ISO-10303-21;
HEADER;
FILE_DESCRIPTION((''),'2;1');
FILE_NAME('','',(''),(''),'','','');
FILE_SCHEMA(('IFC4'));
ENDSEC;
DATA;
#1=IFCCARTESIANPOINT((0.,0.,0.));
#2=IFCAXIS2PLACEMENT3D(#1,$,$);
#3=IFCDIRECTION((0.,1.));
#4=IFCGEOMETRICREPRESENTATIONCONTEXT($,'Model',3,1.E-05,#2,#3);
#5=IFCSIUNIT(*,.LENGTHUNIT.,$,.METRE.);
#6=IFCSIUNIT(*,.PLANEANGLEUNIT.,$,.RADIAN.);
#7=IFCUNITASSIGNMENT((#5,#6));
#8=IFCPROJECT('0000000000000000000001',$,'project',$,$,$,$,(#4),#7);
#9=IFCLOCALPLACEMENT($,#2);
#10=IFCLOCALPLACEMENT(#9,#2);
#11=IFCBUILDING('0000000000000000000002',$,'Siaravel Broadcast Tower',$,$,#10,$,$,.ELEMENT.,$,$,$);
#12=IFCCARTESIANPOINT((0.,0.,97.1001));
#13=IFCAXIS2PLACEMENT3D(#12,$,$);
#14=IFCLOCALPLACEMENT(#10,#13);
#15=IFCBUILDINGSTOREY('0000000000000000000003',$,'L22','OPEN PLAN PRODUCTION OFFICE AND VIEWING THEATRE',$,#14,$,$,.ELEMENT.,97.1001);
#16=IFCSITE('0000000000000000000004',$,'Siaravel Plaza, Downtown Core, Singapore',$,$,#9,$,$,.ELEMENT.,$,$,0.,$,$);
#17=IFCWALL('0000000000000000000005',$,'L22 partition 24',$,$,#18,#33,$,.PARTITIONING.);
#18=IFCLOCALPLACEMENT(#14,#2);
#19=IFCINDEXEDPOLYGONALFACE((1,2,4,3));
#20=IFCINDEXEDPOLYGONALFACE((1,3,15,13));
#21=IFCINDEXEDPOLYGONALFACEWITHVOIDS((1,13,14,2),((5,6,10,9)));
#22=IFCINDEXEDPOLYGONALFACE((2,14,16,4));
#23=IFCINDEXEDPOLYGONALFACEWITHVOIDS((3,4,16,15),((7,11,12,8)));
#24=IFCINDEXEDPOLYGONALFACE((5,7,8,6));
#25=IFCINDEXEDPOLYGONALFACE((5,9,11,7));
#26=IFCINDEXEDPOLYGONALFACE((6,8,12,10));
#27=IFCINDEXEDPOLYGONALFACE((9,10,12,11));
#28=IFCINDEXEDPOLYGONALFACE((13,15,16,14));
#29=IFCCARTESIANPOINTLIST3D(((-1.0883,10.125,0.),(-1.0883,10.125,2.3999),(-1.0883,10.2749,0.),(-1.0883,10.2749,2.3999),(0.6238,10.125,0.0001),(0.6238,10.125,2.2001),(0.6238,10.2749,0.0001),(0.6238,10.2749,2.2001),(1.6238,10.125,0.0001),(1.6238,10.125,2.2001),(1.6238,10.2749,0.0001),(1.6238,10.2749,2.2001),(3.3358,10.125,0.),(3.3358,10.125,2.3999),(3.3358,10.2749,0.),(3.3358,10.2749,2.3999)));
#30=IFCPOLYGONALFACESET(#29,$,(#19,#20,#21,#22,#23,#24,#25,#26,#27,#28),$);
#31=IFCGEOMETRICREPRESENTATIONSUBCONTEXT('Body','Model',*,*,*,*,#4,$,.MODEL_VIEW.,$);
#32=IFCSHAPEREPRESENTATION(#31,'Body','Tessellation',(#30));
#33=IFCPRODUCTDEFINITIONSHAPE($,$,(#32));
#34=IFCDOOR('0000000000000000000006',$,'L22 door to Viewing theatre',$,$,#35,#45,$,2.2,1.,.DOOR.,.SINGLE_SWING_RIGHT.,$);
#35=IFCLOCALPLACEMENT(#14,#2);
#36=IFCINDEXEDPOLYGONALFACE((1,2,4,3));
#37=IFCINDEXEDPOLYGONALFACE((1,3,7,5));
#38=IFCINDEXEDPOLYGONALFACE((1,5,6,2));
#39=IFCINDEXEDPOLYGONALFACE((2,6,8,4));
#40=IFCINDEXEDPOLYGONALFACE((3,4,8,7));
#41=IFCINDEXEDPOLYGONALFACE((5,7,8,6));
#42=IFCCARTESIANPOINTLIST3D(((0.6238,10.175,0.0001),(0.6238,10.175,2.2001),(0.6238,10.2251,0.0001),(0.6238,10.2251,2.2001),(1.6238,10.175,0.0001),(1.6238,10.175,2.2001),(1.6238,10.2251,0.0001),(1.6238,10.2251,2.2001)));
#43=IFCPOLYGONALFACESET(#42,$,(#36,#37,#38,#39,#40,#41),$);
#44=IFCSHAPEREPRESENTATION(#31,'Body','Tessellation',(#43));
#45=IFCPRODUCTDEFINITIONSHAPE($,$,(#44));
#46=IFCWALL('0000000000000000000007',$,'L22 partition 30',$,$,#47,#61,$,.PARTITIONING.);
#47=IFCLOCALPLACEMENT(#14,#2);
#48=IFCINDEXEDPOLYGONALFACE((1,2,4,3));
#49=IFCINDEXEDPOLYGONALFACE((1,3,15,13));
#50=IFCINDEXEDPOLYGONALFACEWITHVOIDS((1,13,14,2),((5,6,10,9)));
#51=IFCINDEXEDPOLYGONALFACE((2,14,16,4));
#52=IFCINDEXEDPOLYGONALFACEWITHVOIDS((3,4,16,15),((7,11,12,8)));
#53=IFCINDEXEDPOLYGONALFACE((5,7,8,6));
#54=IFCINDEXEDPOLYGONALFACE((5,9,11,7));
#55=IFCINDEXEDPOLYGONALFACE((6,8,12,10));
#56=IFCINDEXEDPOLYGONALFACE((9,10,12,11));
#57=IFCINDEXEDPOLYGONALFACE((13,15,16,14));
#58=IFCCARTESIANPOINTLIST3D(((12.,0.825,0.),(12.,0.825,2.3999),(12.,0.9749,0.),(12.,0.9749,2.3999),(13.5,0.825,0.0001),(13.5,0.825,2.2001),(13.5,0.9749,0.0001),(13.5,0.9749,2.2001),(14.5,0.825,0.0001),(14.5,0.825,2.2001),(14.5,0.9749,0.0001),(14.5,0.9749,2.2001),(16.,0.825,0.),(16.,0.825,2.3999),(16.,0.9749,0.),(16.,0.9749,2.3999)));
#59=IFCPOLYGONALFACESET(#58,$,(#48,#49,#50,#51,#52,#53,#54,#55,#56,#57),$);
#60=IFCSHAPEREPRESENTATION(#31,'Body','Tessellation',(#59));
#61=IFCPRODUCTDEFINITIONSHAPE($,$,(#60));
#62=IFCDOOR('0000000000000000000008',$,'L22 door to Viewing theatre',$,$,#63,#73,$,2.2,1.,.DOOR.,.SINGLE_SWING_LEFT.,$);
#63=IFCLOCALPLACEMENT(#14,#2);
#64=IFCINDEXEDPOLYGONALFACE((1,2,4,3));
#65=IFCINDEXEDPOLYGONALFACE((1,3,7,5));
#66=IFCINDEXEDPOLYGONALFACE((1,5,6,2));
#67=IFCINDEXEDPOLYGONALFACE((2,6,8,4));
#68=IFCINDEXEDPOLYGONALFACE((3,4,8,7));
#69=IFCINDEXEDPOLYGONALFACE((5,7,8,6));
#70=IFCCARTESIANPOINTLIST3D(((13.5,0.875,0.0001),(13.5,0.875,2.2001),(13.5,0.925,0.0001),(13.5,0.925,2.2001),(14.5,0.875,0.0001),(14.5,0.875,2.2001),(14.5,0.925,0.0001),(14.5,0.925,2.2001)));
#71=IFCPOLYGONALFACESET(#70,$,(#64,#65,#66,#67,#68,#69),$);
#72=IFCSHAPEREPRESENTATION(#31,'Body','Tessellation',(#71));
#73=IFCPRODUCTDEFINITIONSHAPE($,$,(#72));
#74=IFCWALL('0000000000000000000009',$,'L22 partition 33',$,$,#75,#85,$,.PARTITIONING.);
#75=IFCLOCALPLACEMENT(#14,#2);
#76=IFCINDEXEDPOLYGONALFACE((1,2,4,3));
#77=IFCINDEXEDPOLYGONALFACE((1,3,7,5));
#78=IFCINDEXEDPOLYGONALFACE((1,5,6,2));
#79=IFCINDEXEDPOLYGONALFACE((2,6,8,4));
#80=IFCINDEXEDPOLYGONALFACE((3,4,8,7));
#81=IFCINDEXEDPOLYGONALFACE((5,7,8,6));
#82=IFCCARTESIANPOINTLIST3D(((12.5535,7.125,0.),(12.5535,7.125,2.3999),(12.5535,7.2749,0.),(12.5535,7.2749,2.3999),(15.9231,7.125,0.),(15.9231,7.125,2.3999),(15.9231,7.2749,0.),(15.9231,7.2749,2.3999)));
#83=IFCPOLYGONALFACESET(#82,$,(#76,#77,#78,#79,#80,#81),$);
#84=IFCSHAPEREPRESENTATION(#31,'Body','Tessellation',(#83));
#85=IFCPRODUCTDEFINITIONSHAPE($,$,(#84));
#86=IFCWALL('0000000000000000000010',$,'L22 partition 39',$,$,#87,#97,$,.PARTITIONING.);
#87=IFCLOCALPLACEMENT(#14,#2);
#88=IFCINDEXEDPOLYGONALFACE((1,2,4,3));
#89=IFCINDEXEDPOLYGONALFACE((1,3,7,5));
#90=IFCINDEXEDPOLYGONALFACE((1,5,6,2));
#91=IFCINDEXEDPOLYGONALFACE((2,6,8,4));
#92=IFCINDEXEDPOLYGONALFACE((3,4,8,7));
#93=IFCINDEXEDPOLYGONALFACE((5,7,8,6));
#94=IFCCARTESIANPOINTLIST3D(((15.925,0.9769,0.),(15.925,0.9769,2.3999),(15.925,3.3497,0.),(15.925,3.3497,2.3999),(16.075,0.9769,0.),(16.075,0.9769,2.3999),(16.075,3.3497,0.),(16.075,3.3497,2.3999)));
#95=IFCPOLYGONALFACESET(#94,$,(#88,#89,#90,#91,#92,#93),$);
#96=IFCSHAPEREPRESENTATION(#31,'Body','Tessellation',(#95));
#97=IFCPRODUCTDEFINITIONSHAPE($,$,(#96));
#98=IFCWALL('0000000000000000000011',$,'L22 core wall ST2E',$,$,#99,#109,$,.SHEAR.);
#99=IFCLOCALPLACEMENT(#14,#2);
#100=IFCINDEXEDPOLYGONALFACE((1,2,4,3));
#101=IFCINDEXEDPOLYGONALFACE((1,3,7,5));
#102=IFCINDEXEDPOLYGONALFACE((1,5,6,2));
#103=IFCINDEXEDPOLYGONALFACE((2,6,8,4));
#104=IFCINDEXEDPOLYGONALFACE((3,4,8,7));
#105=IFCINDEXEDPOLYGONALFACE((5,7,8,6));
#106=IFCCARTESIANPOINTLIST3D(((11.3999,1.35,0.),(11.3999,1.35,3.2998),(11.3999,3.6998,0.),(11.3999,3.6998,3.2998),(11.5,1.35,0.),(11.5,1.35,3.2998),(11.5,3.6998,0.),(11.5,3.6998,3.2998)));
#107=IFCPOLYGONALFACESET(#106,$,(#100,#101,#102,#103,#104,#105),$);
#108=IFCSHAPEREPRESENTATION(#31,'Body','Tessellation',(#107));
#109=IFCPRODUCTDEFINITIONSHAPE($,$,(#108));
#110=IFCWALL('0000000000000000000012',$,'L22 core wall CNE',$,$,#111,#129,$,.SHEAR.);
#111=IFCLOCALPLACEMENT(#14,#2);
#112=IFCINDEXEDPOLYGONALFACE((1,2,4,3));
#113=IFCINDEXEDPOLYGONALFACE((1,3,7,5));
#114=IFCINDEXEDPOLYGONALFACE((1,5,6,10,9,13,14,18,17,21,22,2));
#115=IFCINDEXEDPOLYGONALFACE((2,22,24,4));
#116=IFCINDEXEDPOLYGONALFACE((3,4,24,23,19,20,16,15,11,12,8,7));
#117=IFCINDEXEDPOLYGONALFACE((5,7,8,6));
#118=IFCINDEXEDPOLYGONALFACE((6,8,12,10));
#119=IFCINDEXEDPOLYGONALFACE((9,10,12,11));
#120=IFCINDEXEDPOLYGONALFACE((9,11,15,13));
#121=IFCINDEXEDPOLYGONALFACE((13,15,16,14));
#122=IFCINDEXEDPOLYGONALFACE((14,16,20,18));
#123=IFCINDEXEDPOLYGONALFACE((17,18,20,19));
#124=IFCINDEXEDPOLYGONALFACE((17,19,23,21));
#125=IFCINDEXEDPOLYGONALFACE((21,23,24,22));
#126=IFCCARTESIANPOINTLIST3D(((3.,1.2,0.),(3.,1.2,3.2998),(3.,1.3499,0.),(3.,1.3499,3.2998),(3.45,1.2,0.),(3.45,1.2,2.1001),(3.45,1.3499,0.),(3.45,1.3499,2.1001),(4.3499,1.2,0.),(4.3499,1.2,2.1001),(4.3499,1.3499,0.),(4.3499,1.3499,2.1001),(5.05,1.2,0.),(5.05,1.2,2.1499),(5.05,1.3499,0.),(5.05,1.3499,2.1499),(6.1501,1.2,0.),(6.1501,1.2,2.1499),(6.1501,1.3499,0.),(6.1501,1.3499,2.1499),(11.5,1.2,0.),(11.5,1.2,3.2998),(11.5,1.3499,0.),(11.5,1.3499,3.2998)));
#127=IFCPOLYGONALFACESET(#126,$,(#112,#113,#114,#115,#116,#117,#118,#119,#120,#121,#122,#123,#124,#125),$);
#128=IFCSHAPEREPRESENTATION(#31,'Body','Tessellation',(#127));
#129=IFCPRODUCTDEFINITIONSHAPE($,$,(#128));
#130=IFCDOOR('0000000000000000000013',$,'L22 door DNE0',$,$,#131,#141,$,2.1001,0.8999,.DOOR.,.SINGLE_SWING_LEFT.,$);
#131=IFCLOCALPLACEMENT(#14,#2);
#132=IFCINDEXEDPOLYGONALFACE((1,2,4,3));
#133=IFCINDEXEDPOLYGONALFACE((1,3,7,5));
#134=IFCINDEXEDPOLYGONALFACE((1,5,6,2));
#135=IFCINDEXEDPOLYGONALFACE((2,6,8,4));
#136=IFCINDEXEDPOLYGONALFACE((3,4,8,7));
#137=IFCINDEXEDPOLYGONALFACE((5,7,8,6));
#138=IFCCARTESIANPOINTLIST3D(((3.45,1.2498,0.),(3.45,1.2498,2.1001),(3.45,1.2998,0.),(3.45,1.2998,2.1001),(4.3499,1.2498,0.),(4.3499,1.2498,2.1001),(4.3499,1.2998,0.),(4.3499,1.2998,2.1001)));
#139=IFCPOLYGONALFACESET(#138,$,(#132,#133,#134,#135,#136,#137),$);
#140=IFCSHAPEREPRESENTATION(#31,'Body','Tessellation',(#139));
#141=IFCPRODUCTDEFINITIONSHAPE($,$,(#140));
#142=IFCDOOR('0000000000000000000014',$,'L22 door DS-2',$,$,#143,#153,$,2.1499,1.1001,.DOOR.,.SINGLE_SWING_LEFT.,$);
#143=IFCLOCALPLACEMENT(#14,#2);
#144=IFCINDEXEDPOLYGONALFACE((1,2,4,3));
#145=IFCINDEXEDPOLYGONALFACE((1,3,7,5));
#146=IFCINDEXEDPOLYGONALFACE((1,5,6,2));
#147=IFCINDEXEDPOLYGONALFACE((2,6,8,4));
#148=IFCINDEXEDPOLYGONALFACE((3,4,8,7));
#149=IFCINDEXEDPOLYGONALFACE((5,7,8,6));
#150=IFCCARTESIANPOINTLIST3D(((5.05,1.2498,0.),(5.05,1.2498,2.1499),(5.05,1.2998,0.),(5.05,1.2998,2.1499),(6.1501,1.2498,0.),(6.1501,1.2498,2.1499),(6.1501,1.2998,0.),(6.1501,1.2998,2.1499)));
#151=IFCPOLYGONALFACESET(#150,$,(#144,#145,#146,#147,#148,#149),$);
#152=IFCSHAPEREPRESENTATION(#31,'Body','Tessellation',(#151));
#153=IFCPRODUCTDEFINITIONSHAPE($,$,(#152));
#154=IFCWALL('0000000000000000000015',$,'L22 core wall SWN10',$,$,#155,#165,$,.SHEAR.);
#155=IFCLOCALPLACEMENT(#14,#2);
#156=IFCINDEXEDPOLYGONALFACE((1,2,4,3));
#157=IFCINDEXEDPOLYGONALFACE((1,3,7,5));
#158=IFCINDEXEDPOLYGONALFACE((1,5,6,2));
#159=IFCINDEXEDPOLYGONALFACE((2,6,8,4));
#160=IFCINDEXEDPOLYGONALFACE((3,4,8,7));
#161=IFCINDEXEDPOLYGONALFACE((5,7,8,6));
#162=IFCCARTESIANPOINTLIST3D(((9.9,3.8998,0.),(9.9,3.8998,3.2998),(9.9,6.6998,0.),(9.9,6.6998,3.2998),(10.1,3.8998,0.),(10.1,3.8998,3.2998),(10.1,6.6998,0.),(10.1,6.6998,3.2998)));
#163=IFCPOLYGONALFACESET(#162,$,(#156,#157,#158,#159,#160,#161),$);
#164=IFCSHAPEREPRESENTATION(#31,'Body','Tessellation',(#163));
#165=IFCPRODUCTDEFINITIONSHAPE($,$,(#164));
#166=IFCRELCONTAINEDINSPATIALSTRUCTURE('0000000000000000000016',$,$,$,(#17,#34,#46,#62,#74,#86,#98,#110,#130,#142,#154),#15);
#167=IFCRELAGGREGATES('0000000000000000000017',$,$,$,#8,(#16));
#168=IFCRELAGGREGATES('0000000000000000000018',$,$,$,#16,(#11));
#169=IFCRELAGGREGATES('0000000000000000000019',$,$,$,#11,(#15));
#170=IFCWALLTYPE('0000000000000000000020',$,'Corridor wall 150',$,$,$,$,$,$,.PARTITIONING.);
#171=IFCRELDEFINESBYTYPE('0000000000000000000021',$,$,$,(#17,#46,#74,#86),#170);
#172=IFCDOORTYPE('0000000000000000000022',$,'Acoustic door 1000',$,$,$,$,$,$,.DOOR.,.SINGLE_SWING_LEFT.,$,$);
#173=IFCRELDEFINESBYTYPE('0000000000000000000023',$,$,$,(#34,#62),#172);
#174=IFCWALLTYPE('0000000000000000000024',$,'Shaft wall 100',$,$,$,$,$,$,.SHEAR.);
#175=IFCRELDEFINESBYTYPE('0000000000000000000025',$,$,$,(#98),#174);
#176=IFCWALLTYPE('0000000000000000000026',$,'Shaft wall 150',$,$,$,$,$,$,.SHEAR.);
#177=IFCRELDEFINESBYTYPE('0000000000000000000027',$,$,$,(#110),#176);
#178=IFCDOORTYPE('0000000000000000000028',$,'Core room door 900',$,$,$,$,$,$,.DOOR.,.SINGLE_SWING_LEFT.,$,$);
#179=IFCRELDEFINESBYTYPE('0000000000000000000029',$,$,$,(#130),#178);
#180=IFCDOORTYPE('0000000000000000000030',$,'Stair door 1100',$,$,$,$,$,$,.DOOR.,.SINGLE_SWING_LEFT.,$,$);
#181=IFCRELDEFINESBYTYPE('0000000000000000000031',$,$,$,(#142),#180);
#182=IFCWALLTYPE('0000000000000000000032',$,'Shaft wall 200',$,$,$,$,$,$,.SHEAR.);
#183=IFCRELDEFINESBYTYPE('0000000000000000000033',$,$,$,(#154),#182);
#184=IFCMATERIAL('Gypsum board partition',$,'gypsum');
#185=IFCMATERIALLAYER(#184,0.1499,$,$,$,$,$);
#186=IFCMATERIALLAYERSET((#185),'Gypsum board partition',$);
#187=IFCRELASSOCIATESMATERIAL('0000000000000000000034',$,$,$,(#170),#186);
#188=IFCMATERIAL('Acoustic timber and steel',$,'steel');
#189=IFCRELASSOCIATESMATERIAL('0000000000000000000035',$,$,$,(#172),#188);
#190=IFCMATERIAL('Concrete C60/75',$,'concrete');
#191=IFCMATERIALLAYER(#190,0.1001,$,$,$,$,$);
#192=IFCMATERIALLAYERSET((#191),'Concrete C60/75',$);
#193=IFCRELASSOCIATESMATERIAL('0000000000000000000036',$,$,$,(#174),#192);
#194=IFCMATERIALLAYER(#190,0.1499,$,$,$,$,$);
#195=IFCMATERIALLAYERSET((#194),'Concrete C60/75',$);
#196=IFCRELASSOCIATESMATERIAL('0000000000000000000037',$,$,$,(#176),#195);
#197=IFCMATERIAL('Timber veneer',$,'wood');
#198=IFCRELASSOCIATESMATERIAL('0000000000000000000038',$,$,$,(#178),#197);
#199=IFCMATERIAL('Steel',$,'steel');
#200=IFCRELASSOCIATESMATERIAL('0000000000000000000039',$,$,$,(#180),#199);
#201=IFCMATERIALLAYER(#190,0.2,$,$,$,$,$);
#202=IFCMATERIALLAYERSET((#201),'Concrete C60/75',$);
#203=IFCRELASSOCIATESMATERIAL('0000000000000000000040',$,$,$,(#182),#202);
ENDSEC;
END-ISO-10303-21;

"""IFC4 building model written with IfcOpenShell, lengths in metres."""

from ifc_helpers import new_model, si_unit, direction, frame, frame_2d, origin, place, context, subcontext, project, spatial, rectangle, extrude, material, layer, layer_set, type_object, element, fill, save


model = new_model("IFC4")

# Units and contexts
model_context = context("Model", 3, precision=1e-05, world=origin(), true_north=direction((0.0, 1.0)))
body_context = subcontext(model_context, "Body", "Model", "MODEL_VIEW")
ifc_project = project(units=[si_unit("LENGTHUNIT", "METRE"), si_unit("PLANEANGLEUNIT", "RADIAN")], contexts=[model_context])

# Site, building, storey
site_placement = place(None, origin())
site = spatial("IfcSite", under=ifc_project, at=site_placement, Name="Siaravel Plaza, Downtown Core, Singapore", CompositionType="ELEMENT", RefElevation=0.0)
building_placement = place(site_placement, origin())
building = spatial("IfcBuilding", under=site, at=building_placement, Name="Siaravel Broadcast Tower", CompositionType="ELEMENT")
storey_placement = place(building_placement, frame((0.0, 0.0, 97.1001)))
storey = spatial("IfcBuildingStorey", under=building, at=storey_placement, Name="L22", Description="OPEN PLAN PRODUCTION OFFICE AND VIEWING THEATRE", CompositionType="ELEMENT", Elevation=97.1001)

# Shared definitions
ifc_material_1 = material(Name="Concrete C60/75", Category="concrete")

# Walls, openings, doors
ifc_material_2 = material(Name="Gypsum board partition", Category="gypsum")
ifc_layer_1 = layer(ifc_material_2, 0.1499)
ifc_layer_set_1 = layer_set([ifc_layer_1], Name="Gypsum board partition")
wall_type_1 = type_object("IfcWallType", Name="Corridor wall 150", PredefinedType="PARTITIONING", material=ifc_layer_set_1)
wall_1_placement = place(storey_placement, frame((3.3357, 10.2, 0.0), z_axis=(0.0, 0.0, 1.0), x_axis=(-1.0, 0.0, 0.0)))
wall_1 = element("IfcWall", 1, at=wall_1_placement, inside=storey, type_object=wall_type_1, Name="L22 partition 24", PredefinedType="PARTITIONING", context=body_context, shape_type="SweptSolid", body=[
    extrude(rectangle(XDim=4.4241, YDim=0.1499, at=frame_2d((2.2119, 0.0))), origin(), (0.0, 0.0, 1.0), 2.3999),
])
opening_1_placement = place(wall_1_placement, frame((1.7119, 0.0, 0.0)))
opening_1 = element("IfcOpeningElement", 2, at=opening_1_placement, cuts=wall_1, PredefinedType="OPENING", context=body_context, shape_type="SweptSolid", body=[
    extrude(rectangle(XDim=1.0, YDim=2.2, at=frame_2d((0.5, 1.1001))), frame((0.0, 0.085, 0.0), z_axis=(0.0, -1.0, 0.0), x_axis=(1.0, 0.0, 0.0)), (0.0, 0.0, 1.0), 0.1699),
])
ifc_material_3 = material(Name="Acoustic timber and steel", Category="steel")
door_type_1 = type_object("IfcDoorType", Name="Acoustic door 1000", OperationType="SINGLE_SWING_LEFT", PredefinedType="DOOR", material=ifc_material_3)
door_1_placement = place(opening_1_placement, origin())
door_1 = element("IfcDoor", 3, at=door_1_placement, inside=storey, type_object=door_type_1, Name="L22 door to Viewing theatre", OperationType="SINGLE_SWING_RIGHT", OverallHeight=2.2, OverallWidth=1.0, PredefinedType="DOOR", context=body_context, shape_type="SweptSolid", body=[
    extrude(rectangle(XDim=1.0, YDim=2.2, at=frame_2d((0.5, 1.1001))), frame((0.0, 0.0249, 0.0), z_axis=(0.0, -1.0, 0.0), x_axis=(1.0, 0.0, 0.0)), (0.0, 0.0, 1.0), 0.05),
])
fill(opening_1, door_1)
wall_2_placement = place(storey_placement, frame((16.0, 0.8999, 0.0), z_axis=(0.0, 0.0, 1.0), x_axis=(-1.0, 0.0, 0.0)))
wall_2 = element("IfcWall", 4, at=wall_2_placement, inside=storey, type_object=wall_type_1, Name="L22 partition 30", PredefinedType="PARTITIONING", context=body_context, shape_type="SweptSolid", body=[
    extrude(rectangle(XDim=4.0, YDim=0.1499, at=frame_2d((2.0, 0.0))), origin(), (0.0, 0.0, 1.0), 2.3999),
])
opening_2_placement = place(wall_2_placement, frame((1.5, 0.0, 0.0)))
opening_2 = element("IfcOpeningElement", 5, at=opening_2_placement, cuts=wall_2, PredefinedType="OPENING", context=body_context, shape_type="SweptSolid", body=[
    extrude(rectangle(XDim=1.0, YDim=2.2, at=frame_2d((0.5, 1.1001))), frame((0.0, 0.085, 0.0), z_axis=(0.0, -1.0, 0.0), x_axis=(1.0, 0.0, 0.0)), (0.0, 0.0, 1.0), 0.1699),
])
door_2_placement = place(opening_2_placement, origin())
door_2 = element("IfcDoor", 6, at=door_2_placement, inside=storey, type_object=door_type_1, Name="L22 door to Viewing theatre", OperationType="SINGLE_SWING_LEFT", OverallHeight=2.2, OverallWidth=1.0, PredefinedType="DOOR", context=body_context, shape_type="SweptSolid", body=[
    extrude(rectangle(XDim=1.0, YDim=2.2, at=frame_2d((0.5, 1.1001))), frame((0.0, 0.0249, 0.0), z_axis=(0.0, -1.0, 0.0), x_axis=(1.0, 0.0, 0.0)), (0.0, 0.0, 1.0), 0.05),
])
fill(opening_2, door_2)

# Walls
wall_3_placement = place(storey_placement, frame((12.5535, 7.2, 0.0), z_axis=(0.0, 0.0, 1.0), x_axis=(1.0, 0.0, 0.0)))
element("IfcWall", 7, at=wall_3_placement, inside=storey, type_object=wall_type_1, Name="L22 partition 33", PredefinedType="PARTITIONING", context=body_context, shape_type="SweptSolid", body=[
    extrude(rectangle(XDim=3.3696, YDim=0.1499, at=frame_2d((1.6848, 0.0))), origin(), (0.0, 0.0, 1.0), 2.3999),
])
wall_4_placement = place(storey_placement, frame((16.0, 3.3499, 0.0), z_axis=(0.0, 0.0, 1.0), x_axis=(0.0, -1.0, 0.0)))
element("IfcWall", 8, at=wall_4_placement, inside=storey, type_object=wall_type_1, Name="L22 partition 39", PredefinedType="PARTITIONING", context=body_context, shape_type="SweptSolid", body=[
    extrude(rectangle(XDim=2.3728, YDim=0.1499, at=frame_2d((1.1865, 0.0))), origin(), (0.0, 0.0, 1.0), 2.3999),
])
ifc_layer_2 = layer(ifc_material_1, 0.1001)
ifc_layer_set_2 = layer_set([ifc_layer_2], Name="Concrete C60/75")
wall_type_2 = type_object("IfcWallType", Name="Shaft wall 100", PredefinedType="SHEAR", material=ifc_layer_set_2)
wall_5_placement = place(storey_placement, frame((11.45, 1.3501, 0.0), z_axis=(0.0, 0.0, 1.0), x_axis=(0.0, 1.0, 0.0)))
element("IfcWall", 9, at=wall_5_placement, inside=storey, type_object=wall_type_2, Name="L22 core wall ST2E", PredefinedType="SHEAR", context=body_context, shape_type="SweptSolid", body=[
    extrude(rectangle(XDim=2.3499, YDim=0.1001, at=frame_2d((1.1748, 0.0))), origin(), (0.0, 0.0, 1.0), 3.2998),
])

# Wall, openings, doors
ifc_layer_3 = layer(ifc_material_1, 0.1499)
ifc_layer_set_3 = layer_set([ifc_layer_3], Name="Concrete C60/75")
wall_type_3 = type_object("IfcWallType", Name="Shaft wall 150", PredefinedType="SHEAR", material=ifc_layer_set_3)
wall_6_placement = place(storey_placement, frame((3.0, 1.2749, 0.0), z_axis=(0.0, 0.0, 1.0), x_axis=(1.0, 0.0, 0.0)))
wall_6 = element("IfcWall", 10, at=wall_6_placement, inside=storey, type_object=wall_type_3, Name="L22 core wall CNE", PredefinedType="SHEAR", context=body_context, shape_type="SweptSolid", body=[
    extrude(rectangle(XDim=8.5, YDim=0.1499, at=frame_2d((4.25, 0.0))), origin(), (0.0, 0.0, 1.0), 3.2998),
])
opening_3_placement = place(wall_6_placement, frame((2.05, 0.0, 0.0)))
opening_3 = element("IfcOpeningElement", 11, at=opening_3_placement, cuts=wall_6, PredefinedType="OPENING", context=body_context, shape_type="SweptSolid", body=[
    extrude(rectangle(XDim=1.1001, YDim=2.1499, at=frame_2d((0.55, 1.075))), frame((0.0, 0.085, 0.0), z_axis=(0.0, -1.0, 0.0), x_axis=(1.0, 0.0, 0.0)), (0.0, 0.0, 1.0), 0.1699),
])
opening_4_placement = place(wall_6_placement, frame((0.45, 0.0, 0.0)))
opening_4 = element("IfcOpeningElement", 12, at=opening_4_placement, cuts=wall_6, PredefinedType="OPENING", context=body_context, shape_type="SweptSolid", body=[
    extrude(rectangle(XDim=0.8999, YDim=2.1001, at=frame_2d((0.45, 1.05))), frame((0.0, 0.085, 0.0), z_axis=(0.0, -1.0, 0.0), x_axis=(1.0, 0.0, 0.0)), (0.0, 0.0, 1.0), 0.1699),
])
ifc_material_4 = material(Name="Timber veneer", Category="wood")
door_type_2 = type_object("IfcDoorType", Name="Core room door 900", OperationType="SINGLE_SWING_LEFT", PredefinedType="DOOR", material=ifc_material_4)
door_3_placement = place(opening_4_placement, origin())
door_3 = element("IfcDoor", 13, at=door_3_placement, inside=storey, type_object=door_type_2, Name="L22 door DNE0", OperationType="SINGLE_SWING_LEFT", OverallHeight=2.1001, OverallWidth=0.8999, PredefinedType="DOOR", context=body_context, shape_type="SweptSolid", body=[
    extrude(rectangle(XDim=0.8999, YDim=2.1001, at=frame_2d((0.45, 1.05))), frame((0.0, 0.0249, 0.0), z_axis=(0.0, -1.0, 0.0), x_axis=(1.0, 0.0, 0.0)), (0.0, 0.0, 1.0), 0.05),
])
fill(opening_4, door_3)
ifc_material_5 = material(Name="Steel", Category="steel")
door_type_3 = type_object("IfcDoorType", Name="Stair door 1100", OperationType="SINGLE_SWING_LEFT", PredefinedType="DOOR", material=ifc_material_5)
door_4_placement = place(opening_3_placement, origin())
door_4 = element("IfcDoor", 14, at=door_4_placement, inside=storey, type_object=door_type_3, Name="L22 door DS-2", OperationType="SINGLE_SWING_LEFT", OverallHeight=2.1499, OverallWidth=1.1001, PredefinedType="DOOR", context=body_context, shape_type="SweptSolid", body=[
    extrude(rectangle(XDim=1.1001, YDim=2.1499, at=frame_2d((0.55, 1.075))), frame((0.0, 0.0249, 0.0), z_axis=(0.0, -1.0, 0.0), x_axis=(1.0, 0.0, 0.0)), (0.0, 0.0, 1.0), 0.05),
])
fill(opening_3, door_4)

# Wall
ifc_layer_4 = layer(ifc_material_1, 0.2)
ifc_layer_set_4 = layer_set([ifc_layer_4], Name="Concrete C60/75")
wall_type_4 = type_object("IfcWallType", Name="Shaft wall 200", PredefinedType="SHEAR", material=ifc_layer_set_4)
wall_7_placement = place(storey_placement, frame((10.0, 3.8999, 0.0), z_axis=(0.0, 0.0, 1.0), x_axis=(0.0, 1.0, 0.0)))
element("IfcWall", 15, at=wall_7_placement, inside=storey, type_object=wall_type_4, Name="L22 core wall SWN10", PredefinedType="SHEAR", context=body_context, shape_type="SweptSolid", body=[
    extrude(rectangle(XDim=2.8, YDim=0.2, at=frame_2d((1.3999, 0.0))), origin(), (0.0, 0.0, 1.0), 3.2998),
])

save(model, "model.ifc")
